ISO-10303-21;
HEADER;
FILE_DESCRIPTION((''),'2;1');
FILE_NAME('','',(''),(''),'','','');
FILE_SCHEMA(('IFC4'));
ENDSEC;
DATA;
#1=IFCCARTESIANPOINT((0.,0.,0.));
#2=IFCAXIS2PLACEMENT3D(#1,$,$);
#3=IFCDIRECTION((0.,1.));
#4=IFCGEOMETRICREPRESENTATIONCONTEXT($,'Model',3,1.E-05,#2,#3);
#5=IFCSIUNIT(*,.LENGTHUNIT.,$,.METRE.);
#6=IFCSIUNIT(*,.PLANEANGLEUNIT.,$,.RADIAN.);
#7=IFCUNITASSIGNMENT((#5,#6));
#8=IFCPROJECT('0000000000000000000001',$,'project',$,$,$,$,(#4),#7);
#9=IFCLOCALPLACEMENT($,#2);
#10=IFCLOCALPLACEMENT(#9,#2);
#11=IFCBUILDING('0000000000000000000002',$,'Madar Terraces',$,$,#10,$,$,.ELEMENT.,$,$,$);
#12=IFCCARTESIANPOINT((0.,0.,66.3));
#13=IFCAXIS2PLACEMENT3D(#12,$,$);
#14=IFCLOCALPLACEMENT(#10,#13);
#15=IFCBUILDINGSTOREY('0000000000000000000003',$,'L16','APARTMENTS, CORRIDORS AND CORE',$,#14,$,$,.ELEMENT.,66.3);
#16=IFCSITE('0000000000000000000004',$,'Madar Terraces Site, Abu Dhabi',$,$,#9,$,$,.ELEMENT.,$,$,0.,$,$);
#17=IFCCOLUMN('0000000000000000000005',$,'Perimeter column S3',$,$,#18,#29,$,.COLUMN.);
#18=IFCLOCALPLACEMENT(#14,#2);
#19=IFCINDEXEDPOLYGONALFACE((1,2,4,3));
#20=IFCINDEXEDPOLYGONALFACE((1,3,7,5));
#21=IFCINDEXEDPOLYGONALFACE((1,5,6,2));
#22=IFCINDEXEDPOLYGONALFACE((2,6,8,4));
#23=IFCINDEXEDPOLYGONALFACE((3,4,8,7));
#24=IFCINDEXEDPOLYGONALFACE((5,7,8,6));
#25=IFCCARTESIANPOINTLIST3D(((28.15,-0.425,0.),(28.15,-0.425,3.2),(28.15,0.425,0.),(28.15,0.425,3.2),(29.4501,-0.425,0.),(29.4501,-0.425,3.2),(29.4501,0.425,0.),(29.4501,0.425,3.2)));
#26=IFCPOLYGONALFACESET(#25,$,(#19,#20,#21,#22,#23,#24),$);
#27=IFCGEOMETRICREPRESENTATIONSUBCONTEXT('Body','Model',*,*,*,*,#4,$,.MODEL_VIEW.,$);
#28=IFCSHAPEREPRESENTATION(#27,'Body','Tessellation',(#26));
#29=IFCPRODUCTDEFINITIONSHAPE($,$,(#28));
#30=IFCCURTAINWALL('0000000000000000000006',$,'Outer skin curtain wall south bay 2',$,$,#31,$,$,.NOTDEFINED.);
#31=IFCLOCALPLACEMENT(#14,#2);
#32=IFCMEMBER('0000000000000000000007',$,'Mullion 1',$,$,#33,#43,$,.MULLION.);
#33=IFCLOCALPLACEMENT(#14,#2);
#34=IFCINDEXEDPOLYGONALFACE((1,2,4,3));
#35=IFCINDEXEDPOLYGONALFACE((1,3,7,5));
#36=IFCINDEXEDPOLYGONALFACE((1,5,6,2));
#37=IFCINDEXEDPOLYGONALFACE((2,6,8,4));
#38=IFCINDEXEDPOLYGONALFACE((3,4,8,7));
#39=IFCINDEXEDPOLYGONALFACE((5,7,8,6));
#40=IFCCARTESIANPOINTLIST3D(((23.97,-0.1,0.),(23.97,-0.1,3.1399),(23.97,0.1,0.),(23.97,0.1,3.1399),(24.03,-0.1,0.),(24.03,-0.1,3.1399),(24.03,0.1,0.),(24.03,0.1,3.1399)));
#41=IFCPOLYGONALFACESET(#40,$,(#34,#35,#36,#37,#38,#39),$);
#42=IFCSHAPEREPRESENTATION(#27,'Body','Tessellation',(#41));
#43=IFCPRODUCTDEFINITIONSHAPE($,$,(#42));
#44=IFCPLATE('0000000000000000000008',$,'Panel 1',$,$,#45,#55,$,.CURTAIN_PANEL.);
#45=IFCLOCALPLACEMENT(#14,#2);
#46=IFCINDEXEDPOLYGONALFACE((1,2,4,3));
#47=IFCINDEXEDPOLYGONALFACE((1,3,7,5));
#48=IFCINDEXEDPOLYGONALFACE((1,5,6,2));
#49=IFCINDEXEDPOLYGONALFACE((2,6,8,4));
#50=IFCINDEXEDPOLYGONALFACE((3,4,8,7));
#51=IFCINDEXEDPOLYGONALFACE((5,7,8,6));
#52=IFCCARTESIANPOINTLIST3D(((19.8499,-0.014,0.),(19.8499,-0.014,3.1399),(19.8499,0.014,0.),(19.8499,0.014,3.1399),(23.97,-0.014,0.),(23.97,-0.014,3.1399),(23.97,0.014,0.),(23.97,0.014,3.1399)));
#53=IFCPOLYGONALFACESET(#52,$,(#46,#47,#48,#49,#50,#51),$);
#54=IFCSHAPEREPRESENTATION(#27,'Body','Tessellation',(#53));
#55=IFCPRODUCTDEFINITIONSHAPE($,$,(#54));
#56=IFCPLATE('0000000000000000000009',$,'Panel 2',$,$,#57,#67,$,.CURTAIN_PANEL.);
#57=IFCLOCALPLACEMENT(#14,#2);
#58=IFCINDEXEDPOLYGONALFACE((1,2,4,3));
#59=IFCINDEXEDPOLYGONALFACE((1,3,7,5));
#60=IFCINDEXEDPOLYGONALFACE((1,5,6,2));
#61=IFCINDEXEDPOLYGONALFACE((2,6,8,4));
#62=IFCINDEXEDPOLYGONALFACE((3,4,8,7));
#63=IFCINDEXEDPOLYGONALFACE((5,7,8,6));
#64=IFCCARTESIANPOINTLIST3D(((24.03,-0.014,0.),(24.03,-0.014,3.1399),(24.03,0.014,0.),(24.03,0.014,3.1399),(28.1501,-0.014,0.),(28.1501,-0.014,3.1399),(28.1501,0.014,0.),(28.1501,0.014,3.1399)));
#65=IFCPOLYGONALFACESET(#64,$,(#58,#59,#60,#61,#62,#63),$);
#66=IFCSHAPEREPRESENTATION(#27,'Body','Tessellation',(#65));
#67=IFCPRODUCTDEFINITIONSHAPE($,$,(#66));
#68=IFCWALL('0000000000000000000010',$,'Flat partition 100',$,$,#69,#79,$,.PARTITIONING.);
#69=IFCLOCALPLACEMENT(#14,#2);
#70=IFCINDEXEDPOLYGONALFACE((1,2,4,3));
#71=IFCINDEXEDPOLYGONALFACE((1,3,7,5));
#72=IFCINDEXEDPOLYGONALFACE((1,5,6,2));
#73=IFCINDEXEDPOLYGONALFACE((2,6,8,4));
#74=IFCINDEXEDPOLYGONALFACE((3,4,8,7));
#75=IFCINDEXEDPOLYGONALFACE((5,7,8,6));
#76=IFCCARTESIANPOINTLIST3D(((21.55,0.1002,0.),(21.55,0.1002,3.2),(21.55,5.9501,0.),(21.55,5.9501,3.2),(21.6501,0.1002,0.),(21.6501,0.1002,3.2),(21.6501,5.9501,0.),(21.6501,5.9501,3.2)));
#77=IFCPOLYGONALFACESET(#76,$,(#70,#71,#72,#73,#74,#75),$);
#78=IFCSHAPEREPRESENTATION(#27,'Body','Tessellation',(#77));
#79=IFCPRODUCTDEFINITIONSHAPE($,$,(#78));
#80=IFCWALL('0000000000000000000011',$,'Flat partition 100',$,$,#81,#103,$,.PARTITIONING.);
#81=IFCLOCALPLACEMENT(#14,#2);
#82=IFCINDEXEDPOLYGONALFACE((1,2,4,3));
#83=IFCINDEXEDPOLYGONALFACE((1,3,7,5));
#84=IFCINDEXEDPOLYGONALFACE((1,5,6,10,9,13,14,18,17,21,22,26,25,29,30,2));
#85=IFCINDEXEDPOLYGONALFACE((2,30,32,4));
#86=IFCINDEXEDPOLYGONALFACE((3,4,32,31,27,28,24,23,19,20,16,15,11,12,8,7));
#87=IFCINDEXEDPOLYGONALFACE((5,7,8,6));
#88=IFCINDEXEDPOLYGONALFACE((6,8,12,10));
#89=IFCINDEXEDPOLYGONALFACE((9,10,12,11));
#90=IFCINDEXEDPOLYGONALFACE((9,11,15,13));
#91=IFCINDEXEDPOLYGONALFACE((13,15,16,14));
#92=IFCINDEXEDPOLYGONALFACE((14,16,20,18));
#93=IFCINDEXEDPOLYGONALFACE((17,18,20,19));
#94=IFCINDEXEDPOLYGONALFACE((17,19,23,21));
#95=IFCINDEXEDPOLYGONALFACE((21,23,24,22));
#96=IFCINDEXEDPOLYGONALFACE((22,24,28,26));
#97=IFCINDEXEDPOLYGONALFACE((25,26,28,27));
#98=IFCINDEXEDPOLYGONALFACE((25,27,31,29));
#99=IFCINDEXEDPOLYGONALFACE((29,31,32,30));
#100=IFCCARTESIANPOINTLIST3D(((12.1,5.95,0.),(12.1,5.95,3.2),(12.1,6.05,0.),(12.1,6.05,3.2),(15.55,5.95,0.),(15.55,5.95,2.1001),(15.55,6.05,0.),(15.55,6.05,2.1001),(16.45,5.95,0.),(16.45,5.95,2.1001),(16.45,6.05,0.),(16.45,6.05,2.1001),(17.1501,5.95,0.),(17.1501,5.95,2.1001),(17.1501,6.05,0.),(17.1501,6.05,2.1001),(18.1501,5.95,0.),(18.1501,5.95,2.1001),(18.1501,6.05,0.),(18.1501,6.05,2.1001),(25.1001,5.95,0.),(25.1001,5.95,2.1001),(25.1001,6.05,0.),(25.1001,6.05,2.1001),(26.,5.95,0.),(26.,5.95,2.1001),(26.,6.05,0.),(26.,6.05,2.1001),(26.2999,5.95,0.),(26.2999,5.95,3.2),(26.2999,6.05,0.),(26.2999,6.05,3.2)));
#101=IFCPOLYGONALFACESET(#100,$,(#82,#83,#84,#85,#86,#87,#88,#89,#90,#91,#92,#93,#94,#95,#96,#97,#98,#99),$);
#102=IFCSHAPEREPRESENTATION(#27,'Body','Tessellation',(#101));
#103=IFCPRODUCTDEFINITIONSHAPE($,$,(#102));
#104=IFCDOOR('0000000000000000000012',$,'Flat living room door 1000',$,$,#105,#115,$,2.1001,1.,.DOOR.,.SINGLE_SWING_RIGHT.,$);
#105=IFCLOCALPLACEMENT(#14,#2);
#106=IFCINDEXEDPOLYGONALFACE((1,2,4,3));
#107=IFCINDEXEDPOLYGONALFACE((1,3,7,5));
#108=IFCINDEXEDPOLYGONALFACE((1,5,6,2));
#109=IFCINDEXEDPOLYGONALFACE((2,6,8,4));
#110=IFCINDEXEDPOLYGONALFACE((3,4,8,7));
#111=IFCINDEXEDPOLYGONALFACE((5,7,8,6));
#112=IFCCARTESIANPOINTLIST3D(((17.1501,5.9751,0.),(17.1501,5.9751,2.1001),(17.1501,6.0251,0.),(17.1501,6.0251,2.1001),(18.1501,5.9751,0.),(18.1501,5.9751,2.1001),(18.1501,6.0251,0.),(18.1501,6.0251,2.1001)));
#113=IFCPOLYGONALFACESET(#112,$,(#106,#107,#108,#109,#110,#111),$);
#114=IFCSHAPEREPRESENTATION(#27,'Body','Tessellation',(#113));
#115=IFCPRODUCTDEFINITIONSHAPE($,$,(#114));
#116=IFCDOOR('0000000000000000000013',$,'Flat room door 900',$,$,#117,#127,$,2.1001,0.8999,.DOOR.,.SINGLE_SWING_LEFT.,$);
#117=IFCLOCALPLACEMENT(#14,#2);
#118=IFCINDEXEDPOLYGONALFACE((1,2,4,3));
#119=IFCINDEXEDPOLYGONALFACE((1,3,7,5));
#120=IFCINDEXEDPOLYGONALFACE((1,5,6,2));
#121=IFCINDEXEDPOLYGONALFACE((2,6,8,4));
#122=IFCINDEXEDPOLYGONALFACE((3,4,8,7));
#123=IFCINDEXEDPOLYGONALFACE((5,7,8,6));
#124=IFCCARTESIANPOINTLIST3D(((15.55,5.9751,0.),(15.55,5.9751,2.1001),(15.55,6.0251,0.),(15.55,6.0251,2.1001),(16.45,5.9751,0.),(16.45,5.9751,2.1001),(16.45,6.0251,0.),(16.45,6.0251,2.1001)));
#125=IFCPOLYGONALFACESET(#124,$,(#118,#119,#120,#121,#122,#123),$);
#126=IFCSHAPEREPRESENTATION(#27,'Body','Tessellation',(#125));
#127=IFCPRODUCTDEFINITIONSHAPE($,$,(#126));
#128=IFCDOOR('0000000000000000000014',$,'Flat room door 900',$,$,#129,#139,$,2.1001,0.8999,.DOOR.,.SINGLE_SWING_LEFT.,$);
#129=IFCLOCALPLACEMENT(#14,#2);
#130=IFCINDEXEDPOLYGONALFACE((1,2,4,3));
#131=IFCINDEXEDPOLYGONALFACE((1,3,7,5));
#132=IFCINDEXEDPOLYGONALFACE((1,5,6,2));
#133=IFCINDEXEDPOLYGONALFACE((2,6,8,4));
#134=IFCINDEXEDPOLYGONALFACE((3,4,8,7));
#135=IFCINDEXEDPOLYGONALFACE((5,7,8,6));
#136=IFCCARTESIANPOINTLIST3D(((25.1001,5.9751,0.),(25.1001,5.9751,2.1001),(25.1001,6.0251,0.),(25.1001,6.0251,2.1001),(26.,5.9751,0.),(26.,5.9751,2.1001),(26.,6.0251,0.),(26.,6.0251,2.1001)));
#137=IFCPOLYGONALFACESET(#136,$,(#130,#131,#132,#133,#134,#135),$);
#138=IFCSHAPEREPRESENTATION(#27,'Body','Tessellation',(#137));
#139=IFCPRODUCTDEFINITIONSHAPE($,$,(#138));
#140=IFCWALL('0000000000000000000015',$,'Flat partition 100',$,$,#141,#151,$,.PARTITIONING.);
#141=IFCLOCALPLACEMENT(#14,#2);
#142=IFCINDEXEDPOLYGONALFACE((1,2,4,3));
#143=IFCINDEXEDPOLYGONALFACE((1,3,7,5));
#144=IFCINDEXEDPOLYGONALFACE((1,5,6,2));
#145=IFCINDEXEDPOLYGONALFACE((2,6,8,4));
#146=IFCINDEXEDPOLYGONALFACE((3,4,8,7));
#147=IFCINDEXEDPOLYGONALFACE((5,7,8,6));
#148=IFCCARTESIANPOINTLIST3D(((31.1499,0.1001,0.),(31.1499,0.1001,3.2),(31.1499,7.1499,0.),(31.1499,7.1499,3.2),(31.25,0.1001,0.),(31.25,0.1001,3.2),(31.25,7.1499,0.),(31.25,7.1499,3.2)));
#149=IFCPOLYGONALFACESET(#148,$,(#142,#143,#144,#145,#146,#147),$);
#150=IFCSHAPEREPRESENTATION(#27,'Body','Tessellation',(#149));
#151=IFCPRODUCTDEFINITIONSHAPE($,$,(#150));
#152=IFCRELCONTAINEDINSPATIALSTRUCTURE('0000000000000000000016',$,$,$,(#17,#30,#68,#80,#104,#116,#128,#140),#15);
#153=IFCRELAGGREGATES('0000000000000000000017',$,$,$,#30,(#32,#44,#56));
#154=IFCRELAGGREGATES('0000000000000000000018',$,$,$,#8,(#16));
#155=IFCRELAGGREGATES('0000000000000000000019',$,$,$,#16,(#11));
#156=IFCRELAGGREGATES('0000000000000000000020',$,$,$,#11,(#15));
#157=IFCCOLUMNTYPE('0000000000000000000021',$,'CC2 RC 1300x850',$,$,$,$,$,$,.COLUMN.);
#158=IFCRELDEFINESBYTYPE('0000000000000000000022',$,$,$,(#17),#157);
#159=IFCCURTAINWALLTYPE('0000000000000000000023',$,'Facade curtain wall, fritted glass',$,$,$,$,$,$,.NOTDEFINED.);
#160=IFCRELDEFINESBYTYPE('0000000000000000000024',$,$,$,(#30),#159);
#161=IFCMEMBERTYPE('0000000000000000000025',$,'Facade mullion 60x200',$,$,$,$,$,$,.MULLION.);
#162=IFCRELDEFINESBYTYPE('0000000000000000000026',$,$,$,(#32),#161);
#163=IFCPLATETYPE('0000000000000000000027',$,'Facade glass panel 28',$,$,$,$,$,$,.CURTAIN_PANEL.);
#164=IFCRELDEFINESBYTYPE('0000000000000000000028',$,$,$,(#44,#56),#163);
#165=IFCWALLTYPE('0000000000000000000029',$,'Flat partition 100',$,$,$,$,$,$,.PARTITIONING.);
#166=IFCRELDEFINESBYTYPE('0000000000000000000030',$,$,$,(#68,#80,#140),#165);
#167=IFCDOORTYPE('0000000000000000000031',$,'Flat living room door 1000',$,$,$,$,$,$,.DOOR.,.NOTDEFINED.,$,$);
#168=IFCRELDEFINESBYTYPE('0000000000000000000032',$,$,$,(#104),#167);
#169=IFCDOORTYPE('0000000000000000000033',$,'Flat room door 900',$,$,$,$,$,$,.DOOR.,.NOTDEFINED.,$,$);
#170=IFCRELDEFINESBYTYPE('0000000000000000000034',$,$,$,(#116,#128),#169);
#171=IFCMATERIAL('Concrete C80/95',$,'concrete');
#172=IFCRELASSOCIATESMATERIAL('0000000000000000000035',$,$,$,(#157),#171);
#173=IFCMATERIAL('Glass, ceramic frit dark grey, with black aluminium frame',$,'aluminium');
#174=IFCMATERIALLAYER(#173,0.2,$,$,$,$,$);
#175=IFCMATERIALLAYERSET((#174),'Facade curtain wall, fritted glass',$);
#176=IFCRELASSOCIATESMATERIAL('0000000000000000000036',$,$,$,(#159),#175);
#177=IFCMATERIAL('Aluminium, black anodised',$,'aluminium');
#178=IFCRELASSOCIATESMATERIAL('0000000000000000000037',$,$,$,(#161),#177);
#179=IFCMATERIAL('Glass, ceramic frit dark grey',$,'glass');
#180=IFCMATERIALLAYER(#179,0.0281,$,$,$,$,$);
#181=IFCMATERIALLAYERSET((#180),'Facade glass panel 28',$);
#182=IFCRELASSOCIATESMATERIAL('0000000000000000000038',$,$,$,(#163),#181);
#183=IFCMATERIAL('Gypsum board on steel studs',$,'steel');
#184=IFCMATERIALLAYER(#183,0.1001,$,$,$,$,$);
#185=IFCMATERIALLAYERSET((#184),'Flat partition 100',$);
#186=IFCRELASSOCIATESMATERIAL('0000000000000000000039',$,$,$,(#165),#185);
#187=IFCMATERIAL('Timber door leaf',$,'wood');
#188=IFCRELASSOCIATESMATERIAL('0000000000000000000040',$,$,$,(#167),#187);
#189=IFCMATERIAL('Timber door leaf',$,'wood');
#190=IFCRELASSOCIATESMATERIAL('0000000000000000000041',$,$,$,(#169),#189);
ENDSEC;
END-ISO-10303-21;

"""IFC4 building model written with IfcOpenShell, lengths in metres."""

from ifc_helpers import new_model, si_unit, direction, frame, frame_2d, origin, origin_2d, place, context, subcontext, project, spatial, rectangle, extrude, material, layer, layer_set, material_profile, profile_set, type_object, element, fill, aggregate, save


model = new_model("IFC4")

# Units and contexts
model_context = context("Model", 3, precision=1e-05, world=origin(), true_north=direction((0.0, 1.0)))
body_context = subcontext(model_context, "Body", "Model", "MODEL_VIEW")
ifc_project = project(units=[si_unit("LENGTHUNIT", "METRE"), si_unit("PLANEANGLEUNIT", "RADIAN")], contexts=[model_context])

# Site, building, storey
site_placement = place(None, origin())
site = spatial("IfcSite", under=ifc_project, at=site_placement, Name="Madar Terraces Site, Abu Dhabi", CompositionType="ELEMENT", RefElevation=0.0)
building_placement = place(site_placement, origin())
building = spatial("IfcBuilding", under=site, at=building_placement, Name="Madar Terraces", CompositionType="ELEMENT")
storey_placement = place(building_placement, frame((0.0, 0.0, 66.3)))
storey = spatial("IfcBuildingStorey", under=building, at=storey_placement, Name="L16", Description="APARTMENTS, CORRIDORS AND CORE", CompositionType="ELEMENT", Elevation=66.3)

# Column
ifc_material_1 = material(Name="Concrete C80/95", Category="concrete")
ifc_material_profile_1 = material_profile(ifc_material_1, rectangle(XDim=1.3, YDim=0.8501, at=origin_2d()), Name="CC2 RC 1300x850")
ifc_profile_set_1 = profile_set([ifc_material_profile_1], Name="Concrete C80/95")
column_type = type_object("IfcColumnType", Name="CC2 RC 1300x850", PredefinedType="COLUMN", material=ifc_profile_set_1)
column_placement = place(storey_placement, frame((28.8, 0.0, 0.0), z_axis=(0.0, 0.0, 1.0), x_axis=(1.0, 0.0, 0.0)))
element("IfcColumn", 1, at=column_placement, inside=storey, type_object=column_type, Name="Perimeter column S3", PredefinedType="COLUMN", context=body_context, shape_type="SweptSolid", body=[
    extrude(rectangle(XDim=1.3, YDim=0.8501, at=origin_2d()), origin(), (0.0, 0.0, 1.0), 3.2),
])

# Curtain wall, member, plates
ifc_material_2 = material(Name="Glass, ceramic frit dark grey, with black aluminium frame", Category="aluminium")
ifc_layer_1 = layer(ifc_material_2, 0.2)
ifc_layer_set_1 = layer_set([ifc_layer_1], Name="Facade curtain wall, fritted glass")
curtain_wall_type = type_object("IfcCurtainWallType", Name="Facade curtain wall, fritted glass", PredefinedType="NOTDEFINED", material=ifc_layer_set_1)
curtain_wall_placement = place(storey_placement, origin())
curtain_wall = element("IfcCurtainWall", 2, at=curtain_wall_placement, inside=storey, type_object=curtain_wall_type, Name="Outer skin curtain wall south bay 2", PredefinedType="NOTDEFINED")
ifc_material_3 = material(Name="Aluminium, black anodised", Category="aluminium")
ifc_material_profile_2 = material_profile(ifc_material_3, rectangle(XDim=0.2, YDim=0.0601, at=origin_2d()), Name="Facade mullion 60x200")
ifc_profile_set_2 = profile_set([ifc_material_profile_2], Name="Aluminium, black anodised")
member_type = type_object("IfcMemberType", Name="Facade mullion 60x200", PredefinedType="MULLION", material=ifc_profile_set_2)
member_placement = place(storey_placement, frame((24.0, 0.0, 0.0), z_axis=(0.0, 0.0, 1.0), x_axis=(0.0, 1.0, 0.0)))
member = element("IfcMember", 3, at=member_placement, type_object=member_type, Name="Mullion 1", PredefinedType="MULLION", context=body_context, shape_type="SweptSolid", body=[
    extrude(rectangle(XDim=0.2, YDim=0.0601, at=origin_2d()), origin(), (0.0, 0.0, 1.0), 3.1399),
])
ifc_material_4 = material(Name="Glass, ceramic frit dark grey", Category="glass")
ifc_layer_2 = layer(ifc_material_4, 0.0281)
ifc_layer_set_2 = layer_set([ifc_layer_2], Name="Facade glass panel 28")
plate_type = type_object("IfcPlateType", Name="Facade glass panel 28", PredefinedType="CURTAIN_PANEL", material=ifc_layer_set_2)
plate_1_placement = place(storey_placement, frame((21.9099, 0.0, 0.0), z_axis=(0.0, 0.0, 1.0), x_axis=(1.0, 0.0, 0.0)))
plate_1 = element("IfcPlate", 4, at=plate_1_placement, type_object=plate_type, Name="Panel 1", PredefinedType="CURTAIN_PANEL", context=body_context, shape_type="SweptSolid", body=[
    extrude(rectangle(XDim=4.1201, YDim=0.0281, at=origin_2d()), origin(), (0.0, 0.0, 1.0), 3.1399),
])
plate_2_placement = place(storey_placement, frame((26.0901, 0.0, 0.0), z_axis=(0.0, 0.0, 1.0), x_axis=(1.0, 0.0, 0.0)))
plate_2 = element("IfcPlate", 5, at=plate_2_placement, type_object=plate_type, Name="Panel 2", PredefinedType="CURTAIN_PANEL", context=body_context, shape_type="SweptSolid", body=[
    extrude(rectangle(XDim=4.1201, YDim=0.0281, at=origin_2d()), origin(), (0.0, 0.0, 1.0), 3.1399),
])
aggregate(curtain_wall, [member, plate_1, plate_2])

# Wall
ifc_material_5 = material(Name="Gypsum board on steel studs", Category="steel")
ifc_layer_3 = layer(ifc_material_5, 0.1001)
ifc_layer_set_3 = layer_set([ifc_layer_3], Name="Flat partition 100")
wall_type_1 = type_object("IfcWallType", Name="Flat partition 100", PredefinedType="PARTITIONING", material=ifc_layer_set_3)
wall_1_placement = place(storey_placement, frame((21.6001, 5.95, 0.0), z_axis=(0.0, 0.0, 1.0), x_axis=(0.0, -1.0, 0.0)))
element("IfcWall", 6, at=wall_1_placement, inside=storey, type_object=wall_type_1, Name="Flat partition 100", PredefinedType="PARTITIONING", context=body_context, shape_type="SweptSolid", body=[
    extrude(rectangle(XDim=5.8499, YDim=0.1001, at=frame_2d((2.9248, 0.0))), origin(), (0.0, 0.0, 1.0), 3.2),
])

# Wall, openings, doors
wall_2_placement = place(storey_placement, frame((26.3, 6.0, 0.0), z_axis=(0.0, 0.0, 1.0), x_axis=(-1.0, 0.0, 0.0)))
wall_2 = element("IfcWall", 7, at=wall_2_placement, inside=storey, type_object=wall_type_1, Name="Flat partition 100", PredefinedType="PARTITIONING", context=body_context, shape_type="SweptSolid", body=[
    extrude(rectangle(XDim=14.2, YDim=0.1001, at=frame_2d((7.1001, 0.0))), origin(), (0.0, 0.0, 1.0), 3.2),
])
opening_1_placement = place(wall_2_placement, frame((9.8501, 0.0, 0.0)))
opening_1 = element("IfcOpeningElement", 8, at=opening_1_placement, cuts=wall_2, PredefinedType="OPENING", context=body_context, shape_type="SweptSolid", body=[
    extrude(rectangle(XDim=0.8999, YDim=2.1001, at=frame_2d((0.45, 1.05))), frame((0.0, 0.0601, 0.0), z_axis=(0.0, -1.0, 0.0), x_axis=(1.0, 0.0, 0.0)), (0.0, 0.0, 1.0), 0.1201),
])
opening_2_placement = place(wall_2_placement, frame((8.1499, 0.0, 0.0)))
opening_2 = element("IfcOpeningElement", 9, at=opening_2_placement, cuts=wall_2, PredefinedType="OPENING", context=body_context, shape_type="SweptSolid", body=[
    extrude(rectangle(XDim=1.0, YDim=2.1001, at=frame_2d((0.5, 1.05))), frame((0.0, 0.0601, 0.0), z_axis=(0.0, -1.0, 0.0), x_axis=(1.0, 0.0, 0.0)), (0.0, 0.0, 1.0), 0.1201),
])
opening_3_placement = place(wall_2_placement, frame((0.3, 0.0, 0.0)))
opening_3 = element("IfcOpeningElement", 10, at=opening_3_placement, cuts=wall_2, PredefinedType="OPENING", context=body_context, shape_type="SweptSolid", body=[
    extrude(rectangle(XDim=0.8999, YDim=2.1001, at=frame_2d((0.45, 1.05))), frame((0.0, 0.0601, 0.0), z_axis=(0.0, -1.0, 0.0), x_axis=(1.0, 0.0, 0.0)), (0.0, 0.0, 1.0), 0.1201),
])
ifc_material_6 = material(Name="Timber door leaf", Category="wood")
door_type_1 = type_object("IfcDoorType", Name="Flat living room door 1000", OperationType="NOTDEFINED", PredefinedType="DOOR", material=ifc_material_6)
door_1_placement = place(opening_2_placement, origin())
door_1 = element("IfcDoor", 11, at=door_1_placement, inside=storey, type_object=door_type_1, Name="Flat living room door 1000", OperationType="SINGLE_SWING_RIGHT", OverallHeight=2.1001, OverallWidth=1.0, PredefinedType="DOOR", context=body_context, shape_type="SweptSolid", body=[
    extrude(rectangle(XDim=1.0, YDim=2.1001, at=frame_2d((0.5, 1.05))), frame((0.0, 0.0249, 0.0), z_axis=(0.0, -1.0, 0.0), x_axis=(1.0, 0.0, 0.0)), (0.0, 0.0, 1.0), 0.05),
])
fill(opening_2, door_1)
ifc_material_7 = material(Name="Timber door leaf", Category="wood")
door_type_2 = type_object("IfcDoorType", Name="Flat room door 900", OperationType="NOTDEFINED", PredefinedType="DOOR", material=ifc_material_7)
door_2_placement = place(opening_1_placement, origin())
door_2 = element("IfcDoor", 12, at=door_2_placement, inside=storey, type_object=door_type_2, Name="Flat room door 900", OperationType="SINGLE_SWING_LEFT", OverallHeight=2.1001, OverallWidth=0.8999, PredefinedType="DOOR", context=body_context, shape_type="SweptSolid", body=[
    extrude(rectangle(XDim=0.8999, YDim=2.1001, at=frame_2d((0.45, 1.05))), frame((0.0, 0.0249, 0.0), z_axis=(0.0, -1.0, 0.0), x_axis=(1.0, 0.0, 0.0)), (0.0, 0.0, 1.0), 0.05),
])
fill(opening_1, door_2)
door_3_placement = place(opening_3_placement, origin())
door_3 = element("IfcDoor", 13, at=door_3_placement, inside=storey, type_object=door_type_2, Name="Flat room door 900", OperationType="SINGLE_SWING_LEFT", OverallHeight=2.1001, OverallWidth=0.8999, PredefinedType="DOOR", context=body_context, shape_type="SweptSolid", body=[
    extrude(rectangle(XDim=0.8999, YDim=2.1001, at=frame_2d((0.45, 1.05))), frame((0.0, 0.0249, 0.0), z_axis=(0.0, -1.0, 0.0), x_axis=(1.0, 0.0, 0.0)), (0.0, 0.0, 1.0), 0.05),
])
fill(opening_3, door_3)

# Wall
wall_3_placement = place(storey_placement, frame((31.2, 7.1499, 0.0), z_axis=(0.0, 0.0, 1.0), x_axis=(0.0, -1.0, 0.0)))
element("IfcWall", 14, at=wall_3_placement, inside=storey, type_object=wall_type_1, Name="Flat partition 100", PredefinedType="PARTITIONING", context=body_context, shape_type="SweptSolid", body=[
    extrude(rectangle(XDim=7.0498, YDim=0.1001, at=frame_2d((3.5249, 0.0))), origin(), (0.0, 0.0, 1.0), 3.2),
])

save(model, "model.ifc")
